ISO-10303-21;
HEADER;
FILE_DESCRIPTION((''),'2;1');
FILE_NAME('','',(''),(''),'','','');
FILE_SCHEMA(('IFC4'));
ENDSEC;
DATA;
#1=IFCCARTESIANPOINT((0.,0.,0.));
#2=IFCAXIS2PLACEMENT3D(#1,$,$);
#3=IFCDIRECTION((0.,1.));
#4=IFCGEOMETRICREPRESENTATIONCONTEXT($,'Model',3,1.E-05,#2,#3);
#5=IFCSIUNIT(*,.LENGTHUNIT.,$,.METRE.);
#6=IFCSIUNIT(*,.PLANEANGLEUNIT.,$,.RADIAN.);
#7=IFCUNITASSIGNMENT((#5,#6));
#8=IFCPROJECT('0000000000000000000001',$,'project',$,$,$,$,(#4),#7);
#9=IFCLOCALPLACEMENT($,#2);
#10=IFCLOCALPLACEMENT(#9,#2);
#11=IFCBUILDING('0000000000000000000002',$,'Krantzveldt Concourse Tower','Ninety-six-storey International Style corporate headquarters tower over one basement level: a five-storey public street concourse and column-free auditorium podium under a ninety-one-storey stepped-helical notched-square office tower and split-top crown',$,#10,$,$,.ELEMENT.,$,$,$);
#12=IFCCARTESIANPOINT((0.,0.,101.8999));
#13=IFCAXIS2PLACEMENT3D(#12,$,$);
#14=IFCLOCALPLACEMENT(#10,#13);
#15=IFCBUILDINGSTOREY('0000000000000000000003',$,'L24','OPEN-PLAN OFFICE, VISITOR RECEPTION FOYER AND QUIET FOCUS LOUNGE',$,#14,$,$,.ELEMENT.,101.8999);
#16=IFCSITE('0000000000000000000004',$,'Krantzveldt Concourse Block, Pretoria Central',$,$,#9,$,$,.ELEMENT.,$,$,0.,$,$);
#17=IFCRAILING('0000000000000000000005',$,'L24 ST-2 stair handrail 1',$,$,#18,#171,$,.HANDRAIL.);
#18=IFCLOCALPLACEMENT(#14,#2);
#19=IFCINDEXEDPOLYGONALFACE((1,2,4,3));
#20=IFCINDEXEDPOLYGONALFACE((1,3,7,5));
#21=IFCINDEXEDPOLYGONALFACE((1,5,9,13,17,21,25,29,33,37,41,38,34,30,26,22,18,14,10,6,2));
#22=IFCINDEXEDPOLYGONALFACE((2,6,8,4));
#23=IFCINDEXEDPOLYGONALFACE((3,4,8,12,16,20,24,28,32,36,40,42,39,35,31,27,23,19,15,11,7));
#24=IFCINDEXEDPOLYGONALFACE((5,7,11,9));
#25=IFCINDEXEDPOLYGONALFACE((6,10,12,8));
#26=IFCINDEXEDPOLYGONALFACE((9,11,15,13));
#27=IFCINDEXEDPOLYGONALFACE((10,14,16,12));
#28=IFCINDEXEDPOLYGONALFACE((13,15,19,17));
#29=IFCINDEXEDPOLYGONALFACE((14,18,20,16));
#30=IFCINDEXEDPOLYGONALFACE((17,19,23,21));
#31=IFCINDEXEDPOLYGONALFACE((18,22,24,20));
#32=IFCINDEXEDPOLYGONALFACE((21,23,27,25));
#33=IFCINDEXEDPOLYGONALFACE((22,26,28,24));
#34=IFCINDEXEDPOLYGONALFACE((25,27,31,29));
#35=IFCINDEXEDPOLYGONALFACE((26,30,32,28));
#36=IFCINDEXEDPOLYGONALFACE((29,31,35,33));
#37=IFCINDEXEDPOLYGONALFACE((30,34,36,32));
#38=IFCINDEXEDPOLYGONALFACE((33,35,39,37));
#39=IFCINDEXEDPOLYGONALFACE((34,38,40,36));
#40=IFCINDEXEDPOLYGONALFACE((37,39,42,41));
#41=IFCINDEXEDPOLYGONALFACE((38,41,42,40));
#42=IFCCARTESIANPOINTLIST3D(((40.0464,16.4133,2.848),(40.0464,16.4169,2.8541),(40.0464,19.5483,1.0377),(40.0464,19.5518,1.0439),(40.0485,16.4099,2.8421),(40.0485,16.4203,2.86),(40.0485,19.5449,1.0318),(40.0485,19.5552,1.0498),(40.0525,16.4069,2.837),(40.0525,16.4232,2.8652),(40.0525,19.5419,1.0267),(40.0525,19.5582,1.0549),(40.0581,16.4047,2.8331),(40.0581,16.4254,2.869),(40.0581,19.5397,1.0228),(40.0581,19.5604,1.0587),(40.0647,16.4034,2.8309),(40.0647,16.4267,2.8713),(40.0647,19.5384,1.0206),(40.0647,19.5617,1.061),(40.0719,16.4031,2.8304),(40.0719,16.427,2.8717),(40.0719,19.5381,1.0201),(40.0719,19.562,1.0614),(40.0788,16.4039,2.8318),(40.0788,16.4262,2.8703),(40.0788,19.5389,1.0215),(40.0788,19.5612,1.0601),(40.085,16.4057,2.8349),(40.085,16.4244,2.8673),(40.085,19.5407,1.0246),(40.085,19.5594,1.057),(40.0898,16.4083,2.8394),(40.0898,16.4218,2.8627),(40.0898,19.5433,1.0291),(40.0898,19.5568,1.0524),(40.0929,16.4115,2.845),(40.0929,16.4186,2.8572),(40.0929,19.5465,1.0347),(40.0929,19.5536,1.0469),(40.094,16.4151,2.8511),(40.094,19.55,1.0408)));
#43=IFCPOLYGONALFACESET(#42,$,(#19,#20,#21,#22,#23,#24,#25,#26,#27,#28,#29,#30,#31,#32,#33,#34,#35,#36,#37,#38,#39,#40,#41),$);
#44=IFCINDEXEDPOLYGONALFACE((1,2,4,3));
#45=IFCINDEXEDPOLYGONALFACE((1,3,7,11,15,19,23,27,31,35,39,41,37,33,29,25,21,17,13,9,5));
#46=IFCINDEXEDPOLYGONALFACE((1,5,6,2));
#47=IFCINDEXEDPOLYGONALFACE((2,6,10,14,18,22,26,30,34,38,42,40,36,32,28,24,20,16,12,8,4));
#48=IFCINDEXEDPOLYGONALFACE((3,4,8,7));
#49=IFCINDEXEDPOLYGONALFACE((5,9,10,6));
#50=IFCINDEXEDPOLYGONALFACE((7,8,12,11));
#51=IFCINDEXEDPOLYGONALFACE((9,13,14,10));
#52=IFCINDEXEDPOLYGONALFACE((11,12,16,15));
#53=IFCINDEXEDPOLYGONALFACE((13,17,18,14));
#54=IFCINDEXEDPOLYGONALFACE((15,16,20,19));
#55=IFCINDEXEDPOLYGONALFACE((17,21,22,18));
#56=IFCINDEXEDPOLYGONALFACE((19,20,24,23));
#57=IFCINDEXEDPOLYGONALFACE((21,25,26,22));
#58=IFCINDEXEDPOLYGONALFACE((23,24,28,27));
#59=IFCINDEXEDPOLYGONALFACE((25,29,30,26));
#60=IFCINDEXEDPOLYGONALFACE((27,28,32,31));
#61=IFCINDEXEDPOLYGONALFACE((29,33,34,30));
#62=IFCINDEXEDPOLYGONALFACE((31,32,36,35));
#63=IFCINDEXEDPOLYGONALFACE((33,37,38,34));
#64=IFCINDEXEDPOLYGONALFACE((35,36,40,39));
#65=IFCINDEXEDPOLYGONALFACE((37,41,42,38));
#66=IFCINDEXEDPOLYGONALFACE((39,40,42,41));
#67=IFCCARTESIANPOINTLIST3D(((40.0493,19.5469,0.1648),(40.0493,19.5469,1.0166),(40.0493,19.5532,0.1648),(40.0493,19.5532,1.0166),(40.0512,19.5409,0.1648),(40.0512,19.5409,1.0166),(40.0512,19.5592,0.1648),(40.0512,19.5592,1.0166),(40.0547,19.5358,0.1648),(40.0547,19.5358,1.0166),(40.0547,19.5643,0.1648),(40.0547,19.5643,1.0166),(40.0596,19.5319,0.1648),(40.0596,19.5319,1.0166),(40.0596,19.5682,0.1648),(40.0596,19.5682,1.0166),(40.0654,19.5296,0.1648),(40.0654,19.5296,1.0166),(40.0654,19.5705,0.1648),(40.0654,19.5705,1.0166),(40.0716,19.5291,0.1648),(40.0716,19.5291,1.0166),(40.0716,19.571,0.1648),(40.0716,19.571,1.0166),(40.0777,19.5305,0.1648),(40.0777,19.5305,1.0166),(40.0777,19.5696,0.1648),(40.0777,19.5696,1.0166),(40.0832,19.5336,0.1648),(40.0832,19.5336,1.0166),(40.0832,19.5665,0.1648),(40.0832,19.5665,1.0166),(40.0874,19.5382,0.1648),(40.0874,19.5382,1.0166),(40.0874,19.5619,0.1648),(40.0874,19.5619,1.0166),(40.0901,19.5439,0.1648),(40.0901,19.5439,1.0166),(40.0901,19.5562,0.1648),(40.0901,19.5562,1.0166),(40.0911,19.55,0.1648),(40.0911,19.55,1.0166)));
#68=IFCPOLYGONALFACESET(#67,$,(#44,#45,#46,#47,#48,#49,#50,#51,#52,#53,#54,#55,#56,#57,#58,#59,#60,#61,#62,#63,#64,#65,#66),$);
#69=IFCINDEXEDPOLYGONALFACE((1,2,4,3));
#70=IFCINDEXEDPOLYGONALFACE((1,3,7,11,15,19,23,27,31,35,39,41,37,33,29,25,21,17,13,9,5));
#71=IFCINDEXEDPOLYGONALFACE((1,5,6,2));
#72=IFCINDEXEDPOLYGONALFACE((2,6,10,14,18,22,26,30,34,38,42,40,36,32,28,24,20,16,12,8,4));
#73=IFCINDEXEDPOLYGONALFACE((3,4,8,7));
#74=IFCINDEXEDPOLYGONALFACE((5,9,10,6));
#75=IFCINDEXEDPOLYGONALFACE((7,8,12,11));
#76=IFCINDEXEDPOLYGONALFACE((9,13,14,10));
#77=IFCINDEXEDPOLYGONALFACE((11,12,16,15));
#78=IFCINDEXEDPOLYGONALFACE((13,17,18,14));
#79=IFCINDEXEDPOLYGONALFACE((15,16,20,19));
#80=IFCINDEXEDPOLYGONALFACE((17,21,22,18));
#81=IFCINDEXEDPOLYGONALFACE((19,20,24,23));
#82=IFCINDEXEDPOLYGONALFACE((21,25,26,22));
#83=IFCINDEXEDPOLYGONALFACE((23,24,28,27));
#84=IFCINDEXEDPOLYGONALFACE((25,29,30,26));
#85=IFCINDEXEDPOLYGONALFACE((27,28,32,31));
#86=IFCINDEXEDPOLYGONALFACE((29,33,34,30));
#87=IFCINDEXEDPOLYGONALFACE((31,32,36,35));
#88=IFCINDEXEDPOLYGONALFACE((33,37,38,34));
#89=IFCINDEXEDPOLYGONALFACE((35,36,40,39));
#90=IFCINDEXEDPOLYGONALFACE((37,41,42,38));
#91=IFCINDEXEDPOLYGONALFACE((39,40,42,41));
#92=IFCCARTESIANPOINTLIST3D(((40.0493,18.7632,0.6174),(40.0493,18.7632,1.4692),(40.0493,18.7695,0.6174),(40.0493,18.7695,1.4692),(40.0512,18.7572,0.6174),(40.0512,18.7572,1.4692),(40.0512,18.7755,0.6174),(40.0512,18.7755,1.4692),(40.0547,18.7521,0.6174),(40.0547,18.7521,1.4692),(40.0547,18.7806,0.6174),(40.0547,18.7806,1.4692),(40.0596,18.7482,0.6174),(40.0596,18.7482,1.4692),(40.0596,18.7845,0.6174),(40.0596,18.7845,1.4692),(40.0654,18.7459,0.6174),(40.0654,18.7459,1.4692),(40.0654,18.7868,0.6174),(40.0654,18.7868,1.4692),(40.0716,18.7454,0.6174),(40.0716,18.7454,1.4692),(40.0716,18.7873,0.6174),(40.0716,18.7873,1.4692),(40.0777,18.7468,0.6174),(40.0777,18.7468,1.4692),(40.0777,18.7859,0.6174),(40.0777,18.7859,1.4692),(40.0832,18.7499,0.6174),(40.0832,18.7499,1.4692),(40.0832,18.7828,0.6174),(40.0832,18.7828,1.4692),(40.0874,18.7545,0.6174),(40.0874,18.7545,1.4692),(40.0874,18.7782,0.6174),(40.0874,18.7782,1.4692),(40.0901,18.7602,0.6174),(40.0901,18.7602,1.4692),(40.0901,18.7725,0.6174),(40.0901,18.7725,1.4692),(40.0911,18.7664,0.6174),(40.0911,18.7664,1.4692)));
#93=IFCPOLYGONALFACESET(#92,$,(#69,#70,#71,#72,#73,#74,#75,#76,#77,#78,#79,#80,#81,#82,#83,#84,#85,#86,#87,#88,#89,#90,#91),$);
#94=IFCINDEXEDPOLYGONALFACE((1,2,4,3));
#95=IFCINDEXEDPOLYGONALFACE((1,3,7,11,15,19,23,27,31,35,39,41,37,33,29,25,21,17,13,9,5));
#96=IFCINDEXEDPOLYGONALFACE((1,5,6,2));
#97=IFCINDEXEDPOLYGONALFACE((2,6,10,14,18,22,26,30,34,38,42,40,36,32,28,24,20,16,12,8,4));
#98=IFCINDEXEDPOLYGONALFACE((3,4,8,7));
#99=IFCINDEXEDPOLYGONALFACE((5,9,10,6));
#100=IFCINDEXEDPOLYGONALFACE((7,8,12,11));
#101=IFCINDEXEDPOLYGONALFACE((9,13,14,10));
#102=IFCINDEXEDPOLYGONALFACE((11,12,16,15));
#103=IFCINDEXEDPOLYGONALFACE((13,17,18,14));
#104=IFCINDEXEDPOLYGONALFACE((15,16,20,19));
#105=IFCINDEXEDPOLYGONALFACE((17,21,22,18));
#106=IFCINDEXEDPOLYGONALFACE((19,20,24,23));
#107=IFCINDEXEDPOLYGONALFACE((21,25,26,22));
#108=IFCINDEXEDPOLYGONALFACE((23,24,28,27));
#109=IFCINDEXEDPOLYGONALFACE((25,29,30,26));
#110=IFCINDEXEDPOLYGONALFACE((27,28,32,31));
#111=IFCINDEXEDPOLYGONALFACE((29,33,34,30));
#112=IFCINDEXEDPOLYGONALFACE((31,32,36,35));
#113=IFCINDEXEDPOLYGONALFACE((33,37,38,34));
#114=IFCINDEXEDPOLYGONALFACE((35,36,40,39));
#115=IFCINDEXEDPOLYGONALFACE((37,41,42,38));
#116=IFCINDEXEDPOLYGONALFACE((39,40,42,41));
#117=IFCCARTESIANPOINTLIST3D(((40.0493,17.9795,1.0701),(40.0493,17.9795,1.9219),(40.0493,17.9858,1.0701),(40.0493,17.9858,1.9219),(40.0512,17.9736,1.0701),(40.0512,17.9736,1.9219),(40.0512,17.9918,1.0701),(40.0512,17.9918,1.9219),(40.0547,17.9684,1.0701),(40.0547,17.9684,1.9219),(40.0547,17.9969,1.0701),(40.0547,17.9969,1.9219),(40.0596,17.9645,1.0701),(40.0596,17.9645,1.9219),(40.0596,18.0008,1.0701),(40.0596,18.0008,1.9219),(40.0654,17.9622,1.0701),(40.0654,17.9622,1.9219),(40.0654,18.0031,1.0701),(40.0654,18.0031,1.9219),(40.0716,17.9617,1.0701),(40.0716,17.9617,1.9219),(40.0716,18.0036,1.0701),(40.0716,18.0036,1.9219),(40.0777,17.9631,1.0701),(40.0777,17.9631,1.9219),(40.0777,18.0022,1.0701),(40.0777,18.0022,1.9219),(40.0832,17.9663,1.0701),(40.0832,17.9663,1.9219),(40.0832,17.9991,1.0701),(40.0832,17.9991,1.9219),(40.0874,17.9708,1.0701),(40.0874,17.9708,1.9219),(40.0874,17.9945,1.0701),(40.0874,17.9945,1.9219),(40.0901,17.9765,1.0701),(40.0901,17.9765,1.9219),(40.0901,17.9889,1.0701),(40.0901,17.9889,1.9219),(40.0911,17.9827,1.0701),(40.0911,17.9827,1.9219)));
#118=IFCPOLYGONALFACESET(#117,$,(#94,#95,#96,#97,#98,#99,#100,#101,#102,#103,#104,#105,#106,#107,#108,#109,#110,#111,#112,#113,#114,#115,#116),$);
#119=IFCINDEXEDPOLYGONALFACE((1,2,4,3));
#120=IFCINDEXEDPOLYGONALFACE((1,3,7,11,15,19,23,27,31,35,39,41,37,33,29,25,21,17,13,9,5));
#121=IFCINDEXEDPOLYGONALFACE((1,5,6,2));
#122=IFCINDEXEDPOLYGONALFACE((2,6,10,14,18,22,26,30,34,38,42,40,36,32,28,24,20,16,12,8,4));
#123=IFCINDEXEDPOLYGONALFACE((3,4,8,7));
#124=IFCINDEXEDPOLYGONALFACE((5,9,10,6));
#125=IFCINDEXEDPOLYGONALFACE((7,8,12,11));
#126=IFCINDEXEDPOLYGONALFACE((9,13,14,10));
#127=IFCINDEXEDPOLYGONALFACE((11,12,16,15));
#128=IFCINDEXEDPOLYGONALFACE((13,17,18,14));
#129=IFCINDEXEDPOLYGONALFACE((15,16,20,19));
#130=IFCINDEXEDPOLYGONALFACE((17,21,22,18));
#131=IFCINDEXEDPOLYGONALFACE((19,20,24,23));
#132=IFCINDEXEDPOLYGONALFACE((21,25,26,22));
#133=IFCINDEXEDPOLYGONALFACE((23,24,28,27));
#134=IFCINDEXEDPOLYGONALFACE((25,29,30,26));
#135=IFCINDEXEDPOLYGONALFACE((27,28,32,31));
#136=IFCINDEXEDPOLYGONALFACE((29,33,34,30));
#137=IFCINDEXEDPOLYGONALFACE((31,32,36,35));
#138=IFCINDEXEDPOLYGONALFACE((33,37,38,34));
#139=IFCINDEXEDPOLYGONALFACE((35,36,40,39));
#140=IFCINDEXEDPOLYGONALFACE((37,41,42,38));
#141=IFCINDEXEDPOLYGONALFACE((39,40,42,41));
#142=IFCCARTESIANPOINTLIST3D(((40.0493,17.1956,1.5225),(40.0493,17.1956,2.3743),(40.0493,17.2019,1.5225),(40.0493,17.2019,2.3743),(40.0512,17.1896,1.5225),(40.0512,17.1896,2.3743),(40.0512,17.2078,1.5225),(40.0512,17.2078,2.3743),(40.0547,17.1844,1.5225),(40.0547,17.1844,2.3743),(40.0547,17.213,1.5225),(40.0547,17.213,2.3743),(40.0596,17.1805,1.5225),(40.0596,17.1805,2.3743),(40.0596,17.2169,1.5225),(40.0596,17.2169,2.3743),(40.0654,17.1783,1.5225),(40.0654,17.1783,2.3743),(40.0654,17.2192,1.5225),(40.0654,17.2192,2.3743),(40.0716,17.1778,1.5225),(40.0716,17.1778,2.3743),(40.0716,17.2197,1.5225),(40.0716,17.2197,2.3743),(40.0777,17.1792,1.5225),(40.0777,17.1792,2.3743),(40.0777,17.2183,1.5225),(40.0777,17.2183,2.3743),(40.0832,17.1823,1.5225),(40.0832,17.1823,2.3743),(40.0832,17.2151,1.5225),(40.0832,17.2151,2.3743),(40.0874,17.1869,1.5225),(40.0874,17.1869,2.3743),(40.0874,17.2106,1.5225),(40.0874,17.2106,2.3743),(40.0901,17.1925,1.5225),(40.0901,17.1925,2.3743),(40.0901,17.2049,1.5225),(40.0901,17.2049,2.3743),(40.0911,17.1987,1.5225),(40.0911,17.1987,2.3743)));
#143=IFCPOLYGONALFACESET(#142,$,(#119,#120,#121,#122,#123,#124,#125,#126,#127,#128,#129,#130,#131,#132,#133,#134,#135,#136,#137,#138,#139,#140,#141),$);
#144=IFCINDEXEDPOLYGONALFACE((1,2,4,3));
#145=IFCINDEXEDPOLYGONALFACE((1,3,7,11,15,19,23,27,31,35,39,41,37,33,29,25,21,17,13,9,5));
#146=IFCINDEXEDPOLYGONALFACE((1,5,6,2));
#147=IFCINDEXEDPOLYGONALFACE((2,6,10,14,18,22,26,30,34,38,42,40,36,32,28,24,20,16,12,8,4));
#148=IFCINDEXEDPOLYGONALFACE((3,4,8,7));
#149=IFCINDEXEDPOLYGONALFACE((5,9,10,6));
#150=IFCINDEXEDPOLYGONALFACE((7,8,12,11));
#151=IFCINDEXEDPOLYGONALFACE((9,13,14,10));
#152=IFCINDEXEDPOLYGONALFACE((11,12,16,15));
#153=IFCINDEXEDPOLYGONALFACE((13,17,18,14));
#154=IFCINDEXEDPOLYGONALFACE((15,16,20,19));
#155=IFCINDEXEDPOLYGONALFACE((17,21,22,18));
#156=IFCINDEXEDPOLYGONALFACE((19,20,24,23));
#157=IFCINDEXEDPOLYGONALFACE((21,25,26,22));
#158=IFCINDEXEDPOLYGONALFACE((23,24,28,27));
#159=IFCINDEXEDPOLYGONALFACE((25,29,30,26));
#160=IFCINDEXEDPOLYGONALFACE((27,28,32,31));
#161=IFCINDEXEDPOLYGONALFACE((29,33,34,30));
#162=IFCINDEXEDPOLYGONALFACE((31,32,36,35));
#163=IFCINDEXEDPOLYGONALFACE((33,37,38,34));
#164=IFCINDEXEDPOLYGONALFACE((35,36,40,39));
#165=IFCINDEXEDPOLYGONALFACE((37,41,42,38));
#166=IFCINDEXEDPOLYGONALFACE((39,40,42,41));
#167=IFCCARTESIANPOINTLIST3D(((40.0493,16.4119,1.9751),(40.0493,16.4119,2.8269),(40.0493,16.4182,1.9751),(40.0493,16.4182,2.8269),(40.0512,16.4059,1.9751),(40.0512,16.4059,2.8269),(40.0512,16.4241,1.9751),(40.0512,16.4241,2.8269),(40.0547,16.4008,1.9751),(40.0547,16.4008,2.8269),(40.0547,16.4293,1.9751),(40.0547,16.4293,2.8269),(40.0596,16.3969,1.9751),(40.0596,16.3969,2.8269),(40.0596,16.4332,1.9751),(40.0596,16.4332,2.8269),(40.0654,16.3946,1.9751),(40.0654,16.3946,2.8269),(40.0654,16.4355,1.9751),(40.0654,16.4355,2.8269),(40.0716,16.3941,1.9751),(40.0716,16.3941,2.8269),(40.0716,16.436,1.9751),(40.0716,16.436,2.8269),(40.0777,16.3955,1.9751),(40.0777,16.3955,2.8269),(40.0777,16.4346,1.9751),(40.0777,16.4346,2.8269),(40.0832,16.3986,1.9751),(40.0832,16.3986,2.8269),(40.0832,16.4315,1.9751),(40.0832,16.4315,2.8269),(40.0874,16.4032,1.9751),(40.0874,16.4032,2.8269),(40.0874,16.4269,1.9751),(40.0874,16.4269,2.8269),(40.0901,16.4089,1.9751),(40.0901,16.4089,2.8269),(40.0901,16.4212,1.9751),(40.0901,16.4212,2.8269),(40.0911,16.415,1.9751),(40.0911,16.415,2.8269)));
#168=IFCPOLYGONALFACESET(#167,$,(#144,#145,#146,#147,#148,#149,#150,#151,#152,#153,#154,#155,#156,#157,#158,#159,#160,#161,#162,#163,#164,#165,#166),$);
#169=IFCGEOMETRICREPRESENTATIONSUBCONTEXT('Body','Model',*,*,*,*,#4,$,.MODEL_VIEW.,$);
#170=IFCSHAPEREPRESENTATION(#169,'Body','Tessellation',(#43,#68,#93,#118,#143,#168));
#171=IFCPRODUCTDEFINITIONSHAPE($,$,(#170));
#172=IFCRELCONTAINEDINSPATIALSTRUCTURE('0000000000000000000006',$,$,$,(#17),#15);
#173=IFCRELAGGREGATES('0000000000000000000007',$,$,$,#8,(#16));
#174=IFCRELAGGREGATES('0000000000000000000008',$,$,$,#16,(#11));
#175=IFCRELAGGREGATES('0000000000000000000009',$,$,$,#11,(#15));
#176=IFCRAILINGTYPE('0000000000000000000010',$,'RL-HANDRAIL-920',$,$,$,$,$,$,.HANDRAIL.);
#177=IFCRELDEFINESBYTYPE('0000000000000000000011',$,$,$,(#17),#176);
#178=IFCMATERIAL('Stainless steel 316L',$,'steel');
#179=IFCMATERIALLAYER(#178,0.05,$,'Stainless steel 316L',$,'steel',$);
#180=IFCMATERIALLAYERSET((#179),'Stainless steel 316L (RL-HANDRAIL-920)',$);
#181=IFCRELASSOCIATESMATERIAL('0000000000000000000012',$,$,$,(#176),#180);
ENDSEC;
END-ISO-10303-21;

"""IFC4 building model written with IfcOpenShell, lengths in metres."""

from ifc_helpers import new_model, si_unit, direction, frame, origin, origin_2d, place, context, subcontext, project, spatial, circle, extrude, material, layer, layer_set, type_object, element, save


model = new_model("IFC4")

# Units and contexts
model_context = context("Model", 3, precision=1e-05, world=origin(), true_north=direction((0.0, 1.0)))
body_context = subcontext(model_context, "Body", "Model", "MODEL_VIEW")
ifc_project = project(units=[si_unit("LENGTHUNIT", "METRE"), si_unit("PLANEANGLEUNIT", "RADIAN")], contexts=[model_context])

# Site, building, storey
site_placement = place(None, origin())
site = spatial("IfcSite", under=ifc_project, at=site_placement, Name="Krantzveldt Concourse Block, Pretoria Central", CompositionType="ELEMENT", RefElevation=0.0)
building_placement = place(site_placement, origin())
building = spatial("IfcBuilding", under=site, at=building_placement, Name="Krantzveldt Concourse Tower", Description="Ninety-six-storey International Style corporate headquarters tower over one basement level: a five-storey public street concourse and column-free auditorium podium under a ninety-one-storey stepped-helical notched-square office tower and split-top crown", CompositionType="ELEMENT")
storey_placement = place(building_placement, frame((0.0, 0.0, 101.8999)))
storey = spatial("IfcBuildingStorey", under=building, at=storey_placement, Name="L24", Description="OPEN-PLAN OFFICE, VISITOR RECEPTION FOYER AND QUIET FOCUS LOUNGE", CompositionType="ELEMENT", Elevation=101.8999)

# Shared definitions
ifc_material_1 = material(Name="Stainless steel 316L", Category="steel")

# Railing
ifc_layer_1 = layer(ifc_material_1, 0.05, Name="Stainless steel 316L", Category="steel")
ifc_layer_set_1 = layer_set([ifc_layer_1], Name="Stainless steel 316L (RL-HANDRAIL-920)")
railing_type_1 = type_object("IfcRailingType", Name="RL-HANDRAIL-920", PredefinedType="HANDRAIL", material=ifc_layer_set_1)
railing_1_placement = place(storey_placement, frame((40.0701, 19.55, 0.1648)))
element("IfcRailing", 1, at=railing_1_placement, inside=storey, type_object=railing_type_1, Name="L24 ST-2 stair handrail 1", PredefinedType="HANDRAIL", context=body_context, shape_type="SweptSolid", body=[
    extrude(circle(Radius=0.0239, at=origin_2d()), frame((0.0, 0.0, 0.876), z_axis=(0.0, -0.865989, 0.500063), x_axis=(1.0, 0.0, 0.0)), (0.0, 0.0, 1.0), 3.6201),
    extrude(circle(Radius=0.021, at=origin_2d()), origin(), (0.0, 0.0, 1.0), 0.8518),
    extrude(circle(Radius=0.021, at=origin_2d()), frame((0.0, -0.7837, 0.4526)), (0.0, 0.0, 1.0), 0.8518),
    extrude(circle(Radius=0.021, at=origin_2d()), frame((0.0, -1.5674, 0.9053)), (0.0, 0.0, 1.0), 0.8518),
    extrude(circle(Radius=0.021, at=origin_2d()), frame((0.0, -2.3513, 1.3577)), (0.0, 0.0, 1.0), 0.8518),
    extrude(circle(Radius=0.021, at=origin_2d()), frame((0.0, -3.135, 1.8103)), (0.0, 0.0, 1.0), 0.8518),
])

save(model, "model.ifc")
